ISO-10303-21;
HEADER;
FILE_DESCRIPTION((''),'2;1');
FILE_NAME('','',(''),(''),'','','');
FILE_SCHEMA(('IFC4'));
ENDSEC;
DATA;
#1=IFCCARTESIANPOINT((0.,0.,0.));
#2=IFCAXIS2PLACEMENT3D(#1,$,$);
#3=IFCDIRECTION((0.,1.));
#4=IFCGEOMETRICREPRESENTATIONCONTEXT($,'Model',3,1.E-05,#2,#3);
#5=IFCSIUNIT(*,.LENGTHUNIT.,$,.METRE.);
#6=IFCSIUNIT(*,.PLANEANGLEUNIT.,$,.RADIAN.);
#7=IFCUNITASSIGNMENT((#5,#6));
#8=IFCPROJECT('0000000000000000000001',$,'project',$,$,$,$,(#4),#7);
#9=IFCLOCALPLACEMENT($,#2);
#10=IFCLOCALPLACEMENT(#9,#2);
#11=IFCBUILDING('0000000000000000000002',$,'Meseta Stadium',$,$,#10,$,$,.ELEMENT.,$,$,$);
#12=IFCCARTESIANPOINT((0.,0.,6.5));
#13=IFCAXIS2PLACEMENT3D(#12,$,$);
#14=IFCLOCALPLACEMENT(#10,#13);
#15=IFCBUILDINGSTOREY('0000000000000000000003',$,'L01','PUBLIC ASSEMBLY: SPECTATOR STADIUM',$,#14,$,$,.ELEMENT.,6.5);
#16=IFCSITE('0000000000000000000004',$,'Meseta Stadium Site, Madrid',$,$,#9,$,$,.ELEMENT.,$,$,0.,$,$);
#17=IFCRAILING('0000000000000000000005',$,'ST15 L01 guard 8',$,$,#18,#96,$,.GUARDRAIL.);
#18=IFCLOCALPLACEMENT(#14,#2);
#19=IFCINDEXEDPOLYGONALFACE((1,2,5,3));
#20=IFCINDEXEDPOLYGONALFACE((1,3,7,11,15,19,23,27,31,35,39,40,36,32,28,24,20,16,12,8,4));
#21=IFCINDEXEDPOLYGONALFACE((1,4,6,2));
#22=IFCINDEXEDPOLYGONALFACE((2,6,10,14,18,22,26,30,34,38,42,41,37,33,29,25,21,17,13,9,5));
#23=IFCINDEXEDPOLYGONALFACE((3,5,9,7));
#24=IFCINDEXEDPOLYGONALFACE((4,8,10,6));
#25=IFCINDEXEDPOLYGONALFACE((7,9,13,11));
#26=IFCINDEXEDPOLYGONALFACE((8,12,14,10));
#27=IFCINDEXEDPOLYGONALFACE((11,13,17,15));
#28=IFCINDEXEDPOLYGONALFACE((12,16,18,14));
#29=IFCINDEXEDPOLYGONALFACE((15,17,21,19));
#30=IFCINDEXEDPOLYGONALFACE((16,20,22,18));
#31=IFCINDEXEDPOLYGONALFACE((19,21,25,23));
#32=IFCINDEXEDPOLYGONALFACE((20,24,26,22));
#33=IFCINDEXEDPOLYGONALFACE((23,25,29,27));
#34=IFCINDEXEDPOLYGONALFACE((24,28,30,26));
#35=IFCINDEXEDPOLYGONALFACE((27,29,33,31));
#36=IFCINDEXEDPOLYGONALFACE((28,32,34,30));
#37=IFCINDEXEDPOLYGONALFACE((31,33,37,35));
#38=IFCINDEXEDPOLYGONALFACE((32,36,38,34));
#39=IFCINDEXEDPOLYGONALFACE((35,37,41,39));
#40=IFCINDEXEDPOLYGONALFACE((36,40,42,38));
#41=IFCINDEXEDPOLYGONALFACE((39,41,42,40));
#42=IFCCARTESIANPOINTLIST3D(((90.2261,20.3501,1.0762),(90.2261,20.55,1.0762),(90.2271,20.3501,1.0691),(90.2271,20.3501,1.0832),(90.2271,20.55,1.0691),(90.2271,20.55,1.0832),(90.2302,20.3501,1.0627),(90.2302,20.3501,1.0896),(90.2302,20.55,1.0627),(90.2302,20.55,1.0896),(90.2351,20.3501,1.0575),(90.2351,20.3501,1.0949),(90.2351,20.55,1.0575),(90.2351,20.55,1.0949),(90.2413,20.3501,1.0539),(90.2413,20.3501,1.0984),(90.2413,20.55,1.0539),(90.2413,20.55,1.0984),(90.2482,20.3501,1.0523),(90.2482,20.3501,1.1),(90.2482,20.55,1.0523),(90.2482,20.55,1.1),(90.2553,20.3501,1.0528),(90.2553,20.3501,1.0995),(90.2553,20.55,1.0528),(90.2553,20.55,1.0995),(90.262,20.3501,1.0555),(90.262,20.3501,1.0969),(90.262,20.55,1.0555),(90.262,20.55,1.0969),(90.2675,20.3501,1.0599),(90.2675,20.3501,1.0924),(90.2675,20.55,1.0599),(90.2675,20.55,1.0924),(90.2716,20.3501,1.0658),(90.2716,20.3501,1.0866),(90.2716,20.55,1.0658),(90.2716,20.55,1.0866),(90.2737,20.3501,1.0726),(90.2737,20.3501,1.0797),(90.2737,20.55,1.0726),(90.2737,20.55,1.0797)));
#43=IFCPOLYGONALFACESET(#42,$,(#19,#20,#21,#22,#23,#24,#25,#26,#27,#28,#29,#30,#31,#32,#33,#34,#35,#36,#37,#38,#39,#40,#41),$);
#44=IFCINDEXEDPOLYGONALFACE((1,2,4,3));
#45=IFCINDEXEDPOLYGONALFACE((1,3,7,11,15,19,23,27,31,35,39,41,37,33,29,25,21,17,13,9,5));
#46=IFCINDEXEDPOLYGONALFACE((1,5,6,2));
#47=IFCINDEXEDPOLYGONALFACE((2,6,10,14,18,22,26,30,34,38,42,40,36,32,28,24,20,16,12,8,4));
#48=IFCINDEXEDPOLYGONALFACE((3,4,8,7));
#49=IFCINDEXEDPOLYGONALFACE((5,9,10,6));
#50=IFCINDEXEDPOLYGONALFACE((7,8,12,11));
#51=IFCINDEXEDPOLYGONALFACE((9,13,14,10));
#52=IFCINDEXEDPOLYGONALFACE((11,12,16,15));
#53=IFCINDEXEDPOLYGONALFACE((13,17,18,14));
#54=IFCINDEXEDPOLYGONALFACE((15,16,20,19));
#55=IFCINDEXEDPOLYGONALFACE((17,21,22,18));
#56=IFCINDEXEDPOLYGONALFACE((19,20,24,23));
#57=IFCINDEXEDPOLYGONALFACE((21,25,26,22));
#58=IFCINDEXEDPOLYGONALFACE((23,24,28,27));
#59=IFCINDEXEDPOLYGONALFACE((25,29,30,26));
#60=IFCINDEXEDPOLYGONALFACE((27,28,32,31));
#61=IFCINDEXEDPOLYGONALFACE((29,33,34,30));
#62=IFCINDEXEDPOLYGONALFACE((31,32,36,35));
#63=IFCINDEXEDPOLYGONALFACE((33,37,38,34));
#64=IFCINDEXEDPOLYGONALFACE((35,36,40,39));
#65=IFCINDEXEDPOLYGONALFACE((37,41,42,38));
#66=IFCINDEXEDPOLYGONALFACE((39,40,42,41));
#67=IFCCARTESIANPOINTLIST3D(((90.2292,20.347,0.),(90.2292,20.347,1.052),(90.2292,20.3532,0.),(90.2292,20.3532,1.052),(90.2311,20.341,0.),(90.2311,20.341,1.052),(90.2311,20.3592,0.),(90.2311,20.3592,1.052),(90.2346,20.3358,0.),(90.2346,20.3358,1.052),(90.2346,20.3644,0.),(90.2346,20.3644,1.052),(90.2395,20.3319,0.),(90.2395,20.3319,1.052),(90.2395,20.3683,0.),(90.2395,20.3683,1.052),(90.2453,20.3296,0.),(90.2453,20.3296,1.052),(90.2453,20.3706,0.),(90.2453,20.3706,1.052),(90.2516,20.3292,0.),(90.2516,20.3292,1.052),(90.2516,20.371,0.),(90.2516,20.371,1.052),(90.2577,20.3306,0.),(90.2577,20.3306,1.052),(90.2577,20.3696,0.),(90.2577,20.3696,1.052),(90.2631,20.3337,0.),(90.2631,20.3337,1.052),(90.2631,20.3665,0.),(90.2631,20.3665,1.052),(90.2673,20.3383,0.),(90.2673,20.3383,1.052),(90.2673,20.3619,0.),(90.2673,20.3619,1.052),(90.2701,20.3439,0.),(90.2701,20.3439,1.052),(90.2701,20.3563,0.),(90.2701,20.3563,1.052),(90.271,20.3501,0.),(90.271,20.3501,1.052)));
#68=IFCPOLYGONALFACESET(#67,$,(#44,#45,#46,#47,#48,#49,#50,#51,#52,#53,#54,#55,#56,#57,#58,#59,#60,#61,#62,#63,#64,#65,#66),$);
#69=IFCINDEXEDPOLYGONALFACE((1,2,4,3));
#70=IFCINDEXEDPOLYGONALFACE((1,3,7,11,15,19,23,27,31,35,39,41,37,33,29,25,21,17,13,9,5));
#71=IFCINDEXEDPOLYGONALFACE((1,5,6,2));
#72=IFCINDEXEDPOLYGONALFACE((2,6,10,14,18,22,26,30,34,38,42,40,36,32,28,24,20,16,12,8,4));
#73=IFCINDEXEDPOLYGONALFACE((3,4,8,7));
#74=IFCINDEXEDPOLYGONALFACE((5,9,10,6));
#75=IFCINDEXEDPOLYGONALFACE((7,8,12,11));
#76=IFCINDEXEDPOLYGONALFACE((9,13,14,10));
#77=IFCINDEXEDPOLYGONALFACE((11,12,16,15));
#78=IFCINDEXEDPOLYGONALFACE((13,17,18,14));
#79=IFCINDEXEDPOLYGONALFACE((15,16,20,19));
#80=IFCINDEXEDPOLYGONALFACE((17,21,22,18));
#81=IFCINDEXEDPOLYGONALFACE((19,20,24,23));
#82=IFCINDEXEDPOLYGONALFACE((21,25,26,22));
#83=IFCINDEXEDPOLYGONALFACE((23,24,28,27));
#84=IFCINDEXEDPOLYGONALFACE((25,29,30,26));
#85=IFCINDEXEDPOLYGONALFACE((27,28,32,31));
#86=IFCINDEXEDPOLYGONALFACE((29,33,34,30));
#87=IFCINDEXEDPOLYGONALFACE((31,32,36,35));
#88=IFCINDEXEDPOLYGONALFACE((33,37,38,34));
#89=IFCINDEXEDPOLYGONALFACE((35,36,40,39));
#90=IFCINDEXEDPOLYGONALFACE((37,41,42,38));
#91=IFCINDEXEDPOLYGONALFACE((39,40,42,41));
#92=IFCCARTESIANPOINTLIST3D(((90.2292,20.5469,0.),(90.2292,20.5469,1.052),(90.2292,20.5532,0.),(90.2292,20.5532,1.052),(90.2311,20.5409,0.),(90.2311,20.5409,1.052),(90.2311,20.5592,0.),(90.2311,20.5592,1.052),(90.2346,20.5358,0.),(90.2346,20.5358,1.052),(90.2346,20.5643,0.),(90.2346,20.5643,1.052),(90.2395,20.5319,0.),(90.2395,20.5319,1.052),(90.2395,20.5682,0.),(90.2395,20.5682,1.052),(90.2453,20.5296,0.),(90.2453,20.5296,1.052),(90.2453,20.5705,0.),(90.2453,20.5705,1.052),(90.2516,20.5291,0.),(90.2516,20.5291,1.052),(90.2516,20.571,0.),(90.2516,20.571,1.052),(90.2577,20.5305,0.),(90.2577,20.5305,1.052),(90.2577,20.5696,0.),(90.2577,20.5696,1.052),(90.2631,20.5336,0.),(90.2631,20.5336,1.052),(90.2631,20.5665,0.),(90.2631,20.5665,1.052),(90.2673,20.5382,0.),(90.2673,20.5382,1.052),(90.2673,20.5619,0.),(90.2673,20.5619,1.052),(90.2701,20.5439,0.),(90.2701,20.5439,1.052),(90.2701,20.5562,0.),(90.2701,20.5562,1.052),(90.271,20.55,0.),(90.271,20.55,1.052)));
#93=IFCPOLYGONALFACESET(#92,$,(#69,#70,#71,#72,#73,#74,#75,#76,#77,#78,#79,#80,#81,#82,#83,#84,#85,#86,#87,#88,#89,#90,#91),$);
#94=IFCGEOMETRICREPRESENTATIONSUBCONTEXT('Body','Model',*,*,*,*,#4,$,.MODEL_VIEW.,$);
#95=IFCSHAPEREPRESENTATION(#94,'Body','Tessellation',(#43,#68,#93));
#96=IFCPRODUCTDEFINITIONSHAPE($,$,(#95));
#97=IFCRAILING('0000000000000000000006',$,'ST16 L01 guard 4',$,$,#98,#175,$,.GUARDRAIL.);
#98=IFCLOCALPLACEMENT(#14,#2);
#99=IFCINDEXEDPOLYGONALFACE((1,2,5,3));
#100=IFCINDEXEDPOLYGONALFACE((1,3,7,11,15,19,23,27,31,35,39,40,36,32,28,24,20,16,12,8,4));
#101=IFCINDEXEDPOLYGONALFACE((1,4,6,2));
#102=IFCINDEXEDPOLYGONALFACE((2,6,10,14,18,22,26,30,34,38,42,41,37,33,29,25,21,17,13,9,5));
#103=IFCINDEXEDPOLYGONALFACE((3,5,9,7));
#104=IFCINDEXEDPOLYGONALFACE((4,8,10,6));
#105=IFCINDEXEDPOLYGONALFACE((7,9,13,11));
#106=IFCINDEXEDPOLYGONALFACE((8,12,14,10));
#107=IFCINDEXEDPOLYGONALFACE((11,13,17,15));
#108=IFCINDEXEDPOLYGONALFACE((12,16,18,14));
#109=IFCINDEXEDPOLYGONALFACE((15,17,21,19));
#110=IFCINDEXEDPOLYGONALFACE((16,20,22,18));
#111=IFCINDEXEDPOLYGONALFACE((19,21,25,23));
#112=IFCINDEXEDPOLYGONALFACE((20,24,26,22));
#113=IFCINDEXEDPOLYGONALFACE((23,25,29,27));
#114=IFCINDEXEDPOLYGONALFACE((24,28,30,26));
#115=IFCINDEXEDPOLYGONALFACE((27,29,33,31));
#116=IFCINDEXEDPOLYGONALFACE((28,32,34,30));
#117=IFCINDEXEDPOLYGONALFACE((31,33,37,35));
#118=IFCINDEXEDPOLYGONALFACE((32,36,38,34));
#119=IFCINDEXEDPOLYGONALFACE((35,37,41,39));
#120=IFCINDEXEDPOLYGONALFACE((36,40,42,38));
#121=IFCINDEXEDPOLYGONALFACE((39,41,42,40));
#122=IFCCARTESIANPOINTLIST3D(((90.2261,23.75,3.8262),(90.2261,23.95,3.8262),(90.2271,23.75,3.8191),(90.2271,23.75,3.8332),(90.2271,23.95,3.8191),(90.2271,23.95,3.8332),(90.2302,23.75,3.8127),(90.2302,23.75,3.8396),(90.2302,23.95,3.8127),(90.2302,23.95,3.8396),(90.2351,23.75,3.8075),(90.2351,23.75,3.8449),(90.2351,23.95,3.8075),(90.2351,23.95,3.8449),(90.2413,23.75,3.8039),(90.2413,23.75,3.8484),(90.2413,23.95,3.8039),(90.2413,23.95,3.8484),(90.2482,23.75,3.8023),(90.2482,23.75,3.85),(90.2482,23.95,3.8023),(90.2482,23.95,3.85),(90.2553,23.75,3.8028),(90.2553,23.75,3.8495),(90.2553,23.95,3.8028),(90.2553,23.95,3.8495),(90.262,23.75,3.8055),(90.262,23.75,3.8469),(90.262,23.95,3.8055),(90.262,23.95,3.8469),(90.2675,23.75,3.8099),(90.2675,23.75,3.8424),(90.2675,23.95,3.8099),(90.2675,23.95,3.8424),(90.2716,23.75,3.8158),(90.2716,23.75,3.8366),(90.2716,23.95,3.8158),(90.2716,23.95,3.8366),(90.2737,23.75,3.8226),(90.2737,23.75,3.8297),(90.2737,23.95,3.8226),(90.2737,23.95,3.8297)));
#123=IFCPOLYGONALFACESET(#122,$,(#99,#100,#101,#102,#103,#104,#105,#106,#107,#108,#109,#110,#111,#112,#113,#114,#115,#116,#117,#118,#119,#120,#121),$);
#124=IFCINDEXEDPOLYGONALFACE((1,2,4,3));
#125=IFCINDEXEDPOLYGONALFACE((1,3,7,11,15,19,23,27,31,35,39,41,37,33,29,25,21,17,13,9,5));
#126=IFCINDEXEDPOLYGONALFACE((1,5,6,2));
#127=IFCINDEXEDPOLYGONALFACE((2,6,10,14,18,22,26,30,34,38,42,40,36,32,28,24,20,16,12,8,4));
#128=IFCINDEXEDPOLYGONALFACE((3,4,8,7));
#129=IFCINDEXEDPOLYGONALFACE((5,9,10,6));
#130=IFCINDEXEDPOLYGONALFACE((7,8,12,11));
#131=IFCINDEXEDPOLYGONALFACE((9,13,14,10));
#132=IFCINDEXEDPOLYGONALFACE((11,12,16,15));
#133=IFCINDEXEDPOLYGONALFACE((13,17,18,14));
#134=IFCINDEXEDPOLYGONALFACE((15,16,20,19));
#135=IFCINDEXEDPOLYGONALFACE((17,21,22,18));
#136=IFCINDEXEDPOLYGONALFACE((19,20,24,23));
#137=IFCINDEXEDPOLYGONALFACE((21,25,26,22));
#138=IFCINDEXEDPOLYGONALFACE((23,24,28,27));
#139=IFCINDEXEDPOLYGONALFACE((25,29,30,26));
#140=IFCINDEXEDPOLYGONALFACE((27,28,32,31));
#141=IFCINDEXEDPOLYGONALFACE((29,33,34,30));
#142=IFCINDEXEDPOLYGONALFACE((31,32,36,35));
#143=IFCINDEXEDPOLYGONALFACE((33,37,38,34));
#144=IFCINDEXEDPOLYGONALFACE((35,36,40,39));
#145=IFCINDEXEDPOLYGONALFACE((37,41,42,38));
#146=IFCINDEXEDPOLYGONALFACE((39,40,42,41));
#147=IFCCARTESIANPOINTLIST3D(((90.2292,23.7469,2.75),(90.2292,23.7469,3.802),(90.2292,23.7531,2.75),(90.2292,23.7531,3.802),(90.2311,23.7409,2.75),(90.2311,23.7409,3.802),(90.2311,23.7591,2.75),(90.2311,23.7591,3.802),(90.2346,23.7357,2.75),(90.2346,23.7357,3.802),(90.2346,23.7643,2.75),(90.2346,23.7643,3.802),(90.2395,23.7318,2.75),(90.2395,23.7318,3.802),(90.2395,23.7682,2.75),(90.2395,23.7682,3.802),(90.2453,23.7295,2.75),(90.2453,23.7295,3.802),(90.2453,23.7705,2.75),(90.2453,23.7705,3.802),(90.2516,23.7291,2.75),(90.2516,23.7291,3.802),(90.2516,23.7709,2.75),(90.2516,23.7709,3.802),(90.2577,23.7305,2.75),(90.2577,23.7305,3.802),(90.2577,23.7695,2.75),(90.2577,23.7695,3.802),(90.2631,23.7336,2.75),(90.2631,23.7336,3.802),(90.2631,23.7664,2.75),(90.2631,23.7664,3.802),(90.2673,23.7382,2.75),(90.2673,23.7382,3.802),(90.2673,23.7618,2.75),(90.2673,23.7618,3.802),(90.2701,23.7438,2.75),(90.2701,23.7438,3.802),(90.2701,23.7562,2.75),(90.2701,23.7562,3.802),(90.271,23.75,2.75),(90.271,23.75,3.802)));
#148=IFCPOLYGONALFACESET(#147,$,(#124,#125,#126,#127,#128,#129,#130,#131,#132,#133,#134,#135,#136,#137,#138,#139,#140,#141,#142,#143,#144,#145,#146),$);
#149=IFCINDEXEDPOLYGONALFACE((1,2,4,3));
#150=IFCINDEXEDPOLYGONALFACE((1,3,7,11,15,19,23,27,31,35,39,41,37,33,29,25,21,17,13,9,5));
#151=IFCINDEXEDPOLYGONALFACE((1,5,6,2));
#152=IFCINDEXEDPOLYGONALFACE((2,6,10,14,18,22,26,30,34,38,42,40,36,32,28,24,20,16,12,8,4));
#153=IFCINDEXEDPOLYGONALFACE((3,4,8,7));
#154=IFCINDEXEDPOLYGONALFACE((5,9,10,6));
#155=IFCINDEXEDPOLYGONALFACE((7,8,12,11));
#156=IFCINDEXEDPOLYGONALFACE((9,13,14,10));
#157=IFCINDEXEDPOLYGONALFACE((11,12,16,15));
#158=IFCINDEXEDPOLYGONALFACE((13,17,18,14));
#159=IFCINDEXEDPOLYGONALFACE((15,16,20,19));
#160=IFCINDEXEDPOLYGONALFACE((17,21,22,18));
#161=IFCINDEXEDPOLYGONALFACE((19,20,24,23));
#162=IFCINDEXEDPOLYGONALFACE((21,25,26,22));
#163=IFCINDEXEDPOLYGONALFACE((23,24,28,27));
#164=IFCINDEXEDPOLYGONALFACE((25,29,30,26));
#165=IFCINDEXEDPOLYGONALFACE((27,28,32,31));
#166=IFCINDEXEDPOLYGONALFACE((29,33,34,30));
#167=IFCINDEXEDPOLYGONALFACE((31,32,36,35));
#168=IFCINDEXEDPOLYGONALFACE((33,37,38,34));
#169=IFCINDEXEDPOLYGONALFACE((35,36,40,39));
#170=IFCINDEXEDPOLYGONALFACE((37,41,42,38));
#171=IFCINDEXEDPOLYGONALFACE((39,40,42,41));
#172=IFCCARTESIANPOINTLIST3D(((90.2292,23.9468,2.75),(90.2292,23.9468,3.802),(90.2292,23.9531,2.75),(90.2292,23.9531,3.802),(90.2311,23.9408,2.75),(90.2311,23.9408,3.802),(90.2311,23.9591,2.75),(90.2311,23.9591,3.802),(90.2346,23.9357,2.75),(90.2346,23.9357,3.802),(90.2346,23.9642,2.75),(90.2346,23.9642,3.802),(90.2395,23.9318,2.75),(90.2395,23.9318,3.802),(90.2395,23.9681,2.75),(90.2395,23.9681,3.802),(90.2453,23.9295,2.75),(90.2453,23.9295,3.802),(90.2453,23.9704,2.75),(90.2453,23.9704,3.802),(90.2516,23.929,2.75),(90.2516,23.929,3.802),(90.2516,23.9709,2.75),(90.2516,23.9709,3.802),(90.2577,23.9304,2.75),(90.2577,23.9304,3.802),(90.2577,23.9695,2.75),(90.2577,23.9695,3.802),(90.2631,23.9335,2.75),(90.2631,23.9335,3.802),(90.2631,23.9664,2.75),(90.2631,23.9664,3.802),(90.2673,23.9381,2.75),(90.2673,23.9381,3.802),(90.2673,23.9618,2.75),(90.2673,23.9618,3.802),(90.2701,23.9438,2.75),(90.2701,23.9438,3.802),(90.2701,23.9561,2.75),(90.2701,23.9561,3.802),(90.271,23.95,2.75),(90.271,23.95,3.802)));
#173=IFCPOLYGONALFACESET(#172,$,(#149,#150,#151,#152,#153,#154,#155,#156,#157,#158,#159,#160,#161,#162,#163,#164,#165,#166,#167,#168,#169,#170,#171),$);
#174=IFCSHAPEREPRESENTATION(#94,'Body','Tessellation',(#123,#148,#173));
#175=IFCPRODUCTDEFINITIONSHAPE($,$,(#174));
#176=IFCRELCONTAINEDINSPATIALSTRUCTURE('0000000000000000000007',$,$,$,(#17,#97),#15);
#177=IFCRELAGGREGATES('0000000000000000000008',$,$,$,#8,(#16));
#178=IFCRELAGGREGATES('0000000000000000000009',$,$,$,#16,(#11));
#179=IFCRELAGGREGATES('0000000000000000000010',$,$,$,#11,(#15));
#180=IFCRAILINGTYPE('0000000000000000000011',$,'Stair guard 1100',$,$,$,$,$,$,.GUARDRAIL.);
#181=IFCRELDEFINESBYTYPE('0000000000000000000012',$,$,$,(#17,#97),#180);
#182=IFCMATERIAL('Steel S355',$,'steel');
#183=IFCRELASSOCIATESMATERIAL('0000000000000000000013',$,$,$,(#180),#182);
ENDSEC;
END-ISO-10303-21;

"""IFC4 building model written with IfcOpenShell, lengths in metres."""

from ifc_helpers import new_model, si_unit, direction, frame, origin, origin_2d, place, context, subcontext, project, spatial, circle, extrude, material, type_object, element, save


model = new_model("IFC4")

# Units and contexts
model_context = context("Model", 3, precision=1e-05, world=origin(), true_north=direction((0.0, 1.0)))
body_context = subcontext(model_context, "Body", "Model", "MODEL_VIEW")
ifc_project = project(units=[si_unit("LENGTHUNIT", "METRE"), si_unit("PLANEANGLEUNIT", "RADIAN")], contexts=[model_context])

# Site, building, storey
site_placement = place(None, origin())
site = spatial("IfcSite", under=ifc_project, at=site_placement, Name="Meseta Stadium Site, Madrid", CompositionType="ELEMENT", RefElevation=0.0)
building_placement = place(site_placement, origin())
building = spatial("IfcBuilding", under=site, at=building_placement, Name="Meseta Stadium", CompositionType="ELEMENT")
storey_placement = place(building_placement, frame((0.0, 0.0, 6.5)))
storey = spatial("IfcBuildingStorey", under=building, at=storey_placement, Name="L01", Description="PUBLIC ASSEMBLY: SPECTATOR STADIUM", CompositionType="ELEMENT", Elevation=6.5)

# Railings
ifc_material_1 = material(Name="Steel S355", Category="steel")
railing_type_1 = type_object("IfcRailingType", Name="Stair guard 1100", PredefinedType="GUARDRAIL", material=ifc_material_1)
for number, where, name in (
    (1, (90.25, 20.3501, 0.0), "ST15 L01 guard 8"),
    (2, (90.25, 23.75, 2.75), "ST16 L01 guard 4"),
):
    element("IfcRailing", number, at=place(storey_placement, frame(where)), inside=storey, type_object=railing_type_1, Name=name, PredefinedType="GUARDRAIL", context=body_context, shape_type="SweptSolid", body=[
        extrude(circle(Radius=0.0239, at=origin_2d()), frame((0.0, 0.0, 1.0762), z_axis=(0.0, 1.0, 0.0), x_axis=(-1.0, 0.0, 0.0)), (0.0, 0.0, 1.0), 0.2),
        extrude(circle(Radius=0.021, at=origin_2d()), origin(), (0.0, 0.0, 1.0), 1.052),
        extrude(circle(Radius=0.021, at=origin_2d()), frame((0.0, 0.2, 0.0)), (0.0, 0.0, 1.0), 1.052),
    ])

save(model, "model.ifc")
